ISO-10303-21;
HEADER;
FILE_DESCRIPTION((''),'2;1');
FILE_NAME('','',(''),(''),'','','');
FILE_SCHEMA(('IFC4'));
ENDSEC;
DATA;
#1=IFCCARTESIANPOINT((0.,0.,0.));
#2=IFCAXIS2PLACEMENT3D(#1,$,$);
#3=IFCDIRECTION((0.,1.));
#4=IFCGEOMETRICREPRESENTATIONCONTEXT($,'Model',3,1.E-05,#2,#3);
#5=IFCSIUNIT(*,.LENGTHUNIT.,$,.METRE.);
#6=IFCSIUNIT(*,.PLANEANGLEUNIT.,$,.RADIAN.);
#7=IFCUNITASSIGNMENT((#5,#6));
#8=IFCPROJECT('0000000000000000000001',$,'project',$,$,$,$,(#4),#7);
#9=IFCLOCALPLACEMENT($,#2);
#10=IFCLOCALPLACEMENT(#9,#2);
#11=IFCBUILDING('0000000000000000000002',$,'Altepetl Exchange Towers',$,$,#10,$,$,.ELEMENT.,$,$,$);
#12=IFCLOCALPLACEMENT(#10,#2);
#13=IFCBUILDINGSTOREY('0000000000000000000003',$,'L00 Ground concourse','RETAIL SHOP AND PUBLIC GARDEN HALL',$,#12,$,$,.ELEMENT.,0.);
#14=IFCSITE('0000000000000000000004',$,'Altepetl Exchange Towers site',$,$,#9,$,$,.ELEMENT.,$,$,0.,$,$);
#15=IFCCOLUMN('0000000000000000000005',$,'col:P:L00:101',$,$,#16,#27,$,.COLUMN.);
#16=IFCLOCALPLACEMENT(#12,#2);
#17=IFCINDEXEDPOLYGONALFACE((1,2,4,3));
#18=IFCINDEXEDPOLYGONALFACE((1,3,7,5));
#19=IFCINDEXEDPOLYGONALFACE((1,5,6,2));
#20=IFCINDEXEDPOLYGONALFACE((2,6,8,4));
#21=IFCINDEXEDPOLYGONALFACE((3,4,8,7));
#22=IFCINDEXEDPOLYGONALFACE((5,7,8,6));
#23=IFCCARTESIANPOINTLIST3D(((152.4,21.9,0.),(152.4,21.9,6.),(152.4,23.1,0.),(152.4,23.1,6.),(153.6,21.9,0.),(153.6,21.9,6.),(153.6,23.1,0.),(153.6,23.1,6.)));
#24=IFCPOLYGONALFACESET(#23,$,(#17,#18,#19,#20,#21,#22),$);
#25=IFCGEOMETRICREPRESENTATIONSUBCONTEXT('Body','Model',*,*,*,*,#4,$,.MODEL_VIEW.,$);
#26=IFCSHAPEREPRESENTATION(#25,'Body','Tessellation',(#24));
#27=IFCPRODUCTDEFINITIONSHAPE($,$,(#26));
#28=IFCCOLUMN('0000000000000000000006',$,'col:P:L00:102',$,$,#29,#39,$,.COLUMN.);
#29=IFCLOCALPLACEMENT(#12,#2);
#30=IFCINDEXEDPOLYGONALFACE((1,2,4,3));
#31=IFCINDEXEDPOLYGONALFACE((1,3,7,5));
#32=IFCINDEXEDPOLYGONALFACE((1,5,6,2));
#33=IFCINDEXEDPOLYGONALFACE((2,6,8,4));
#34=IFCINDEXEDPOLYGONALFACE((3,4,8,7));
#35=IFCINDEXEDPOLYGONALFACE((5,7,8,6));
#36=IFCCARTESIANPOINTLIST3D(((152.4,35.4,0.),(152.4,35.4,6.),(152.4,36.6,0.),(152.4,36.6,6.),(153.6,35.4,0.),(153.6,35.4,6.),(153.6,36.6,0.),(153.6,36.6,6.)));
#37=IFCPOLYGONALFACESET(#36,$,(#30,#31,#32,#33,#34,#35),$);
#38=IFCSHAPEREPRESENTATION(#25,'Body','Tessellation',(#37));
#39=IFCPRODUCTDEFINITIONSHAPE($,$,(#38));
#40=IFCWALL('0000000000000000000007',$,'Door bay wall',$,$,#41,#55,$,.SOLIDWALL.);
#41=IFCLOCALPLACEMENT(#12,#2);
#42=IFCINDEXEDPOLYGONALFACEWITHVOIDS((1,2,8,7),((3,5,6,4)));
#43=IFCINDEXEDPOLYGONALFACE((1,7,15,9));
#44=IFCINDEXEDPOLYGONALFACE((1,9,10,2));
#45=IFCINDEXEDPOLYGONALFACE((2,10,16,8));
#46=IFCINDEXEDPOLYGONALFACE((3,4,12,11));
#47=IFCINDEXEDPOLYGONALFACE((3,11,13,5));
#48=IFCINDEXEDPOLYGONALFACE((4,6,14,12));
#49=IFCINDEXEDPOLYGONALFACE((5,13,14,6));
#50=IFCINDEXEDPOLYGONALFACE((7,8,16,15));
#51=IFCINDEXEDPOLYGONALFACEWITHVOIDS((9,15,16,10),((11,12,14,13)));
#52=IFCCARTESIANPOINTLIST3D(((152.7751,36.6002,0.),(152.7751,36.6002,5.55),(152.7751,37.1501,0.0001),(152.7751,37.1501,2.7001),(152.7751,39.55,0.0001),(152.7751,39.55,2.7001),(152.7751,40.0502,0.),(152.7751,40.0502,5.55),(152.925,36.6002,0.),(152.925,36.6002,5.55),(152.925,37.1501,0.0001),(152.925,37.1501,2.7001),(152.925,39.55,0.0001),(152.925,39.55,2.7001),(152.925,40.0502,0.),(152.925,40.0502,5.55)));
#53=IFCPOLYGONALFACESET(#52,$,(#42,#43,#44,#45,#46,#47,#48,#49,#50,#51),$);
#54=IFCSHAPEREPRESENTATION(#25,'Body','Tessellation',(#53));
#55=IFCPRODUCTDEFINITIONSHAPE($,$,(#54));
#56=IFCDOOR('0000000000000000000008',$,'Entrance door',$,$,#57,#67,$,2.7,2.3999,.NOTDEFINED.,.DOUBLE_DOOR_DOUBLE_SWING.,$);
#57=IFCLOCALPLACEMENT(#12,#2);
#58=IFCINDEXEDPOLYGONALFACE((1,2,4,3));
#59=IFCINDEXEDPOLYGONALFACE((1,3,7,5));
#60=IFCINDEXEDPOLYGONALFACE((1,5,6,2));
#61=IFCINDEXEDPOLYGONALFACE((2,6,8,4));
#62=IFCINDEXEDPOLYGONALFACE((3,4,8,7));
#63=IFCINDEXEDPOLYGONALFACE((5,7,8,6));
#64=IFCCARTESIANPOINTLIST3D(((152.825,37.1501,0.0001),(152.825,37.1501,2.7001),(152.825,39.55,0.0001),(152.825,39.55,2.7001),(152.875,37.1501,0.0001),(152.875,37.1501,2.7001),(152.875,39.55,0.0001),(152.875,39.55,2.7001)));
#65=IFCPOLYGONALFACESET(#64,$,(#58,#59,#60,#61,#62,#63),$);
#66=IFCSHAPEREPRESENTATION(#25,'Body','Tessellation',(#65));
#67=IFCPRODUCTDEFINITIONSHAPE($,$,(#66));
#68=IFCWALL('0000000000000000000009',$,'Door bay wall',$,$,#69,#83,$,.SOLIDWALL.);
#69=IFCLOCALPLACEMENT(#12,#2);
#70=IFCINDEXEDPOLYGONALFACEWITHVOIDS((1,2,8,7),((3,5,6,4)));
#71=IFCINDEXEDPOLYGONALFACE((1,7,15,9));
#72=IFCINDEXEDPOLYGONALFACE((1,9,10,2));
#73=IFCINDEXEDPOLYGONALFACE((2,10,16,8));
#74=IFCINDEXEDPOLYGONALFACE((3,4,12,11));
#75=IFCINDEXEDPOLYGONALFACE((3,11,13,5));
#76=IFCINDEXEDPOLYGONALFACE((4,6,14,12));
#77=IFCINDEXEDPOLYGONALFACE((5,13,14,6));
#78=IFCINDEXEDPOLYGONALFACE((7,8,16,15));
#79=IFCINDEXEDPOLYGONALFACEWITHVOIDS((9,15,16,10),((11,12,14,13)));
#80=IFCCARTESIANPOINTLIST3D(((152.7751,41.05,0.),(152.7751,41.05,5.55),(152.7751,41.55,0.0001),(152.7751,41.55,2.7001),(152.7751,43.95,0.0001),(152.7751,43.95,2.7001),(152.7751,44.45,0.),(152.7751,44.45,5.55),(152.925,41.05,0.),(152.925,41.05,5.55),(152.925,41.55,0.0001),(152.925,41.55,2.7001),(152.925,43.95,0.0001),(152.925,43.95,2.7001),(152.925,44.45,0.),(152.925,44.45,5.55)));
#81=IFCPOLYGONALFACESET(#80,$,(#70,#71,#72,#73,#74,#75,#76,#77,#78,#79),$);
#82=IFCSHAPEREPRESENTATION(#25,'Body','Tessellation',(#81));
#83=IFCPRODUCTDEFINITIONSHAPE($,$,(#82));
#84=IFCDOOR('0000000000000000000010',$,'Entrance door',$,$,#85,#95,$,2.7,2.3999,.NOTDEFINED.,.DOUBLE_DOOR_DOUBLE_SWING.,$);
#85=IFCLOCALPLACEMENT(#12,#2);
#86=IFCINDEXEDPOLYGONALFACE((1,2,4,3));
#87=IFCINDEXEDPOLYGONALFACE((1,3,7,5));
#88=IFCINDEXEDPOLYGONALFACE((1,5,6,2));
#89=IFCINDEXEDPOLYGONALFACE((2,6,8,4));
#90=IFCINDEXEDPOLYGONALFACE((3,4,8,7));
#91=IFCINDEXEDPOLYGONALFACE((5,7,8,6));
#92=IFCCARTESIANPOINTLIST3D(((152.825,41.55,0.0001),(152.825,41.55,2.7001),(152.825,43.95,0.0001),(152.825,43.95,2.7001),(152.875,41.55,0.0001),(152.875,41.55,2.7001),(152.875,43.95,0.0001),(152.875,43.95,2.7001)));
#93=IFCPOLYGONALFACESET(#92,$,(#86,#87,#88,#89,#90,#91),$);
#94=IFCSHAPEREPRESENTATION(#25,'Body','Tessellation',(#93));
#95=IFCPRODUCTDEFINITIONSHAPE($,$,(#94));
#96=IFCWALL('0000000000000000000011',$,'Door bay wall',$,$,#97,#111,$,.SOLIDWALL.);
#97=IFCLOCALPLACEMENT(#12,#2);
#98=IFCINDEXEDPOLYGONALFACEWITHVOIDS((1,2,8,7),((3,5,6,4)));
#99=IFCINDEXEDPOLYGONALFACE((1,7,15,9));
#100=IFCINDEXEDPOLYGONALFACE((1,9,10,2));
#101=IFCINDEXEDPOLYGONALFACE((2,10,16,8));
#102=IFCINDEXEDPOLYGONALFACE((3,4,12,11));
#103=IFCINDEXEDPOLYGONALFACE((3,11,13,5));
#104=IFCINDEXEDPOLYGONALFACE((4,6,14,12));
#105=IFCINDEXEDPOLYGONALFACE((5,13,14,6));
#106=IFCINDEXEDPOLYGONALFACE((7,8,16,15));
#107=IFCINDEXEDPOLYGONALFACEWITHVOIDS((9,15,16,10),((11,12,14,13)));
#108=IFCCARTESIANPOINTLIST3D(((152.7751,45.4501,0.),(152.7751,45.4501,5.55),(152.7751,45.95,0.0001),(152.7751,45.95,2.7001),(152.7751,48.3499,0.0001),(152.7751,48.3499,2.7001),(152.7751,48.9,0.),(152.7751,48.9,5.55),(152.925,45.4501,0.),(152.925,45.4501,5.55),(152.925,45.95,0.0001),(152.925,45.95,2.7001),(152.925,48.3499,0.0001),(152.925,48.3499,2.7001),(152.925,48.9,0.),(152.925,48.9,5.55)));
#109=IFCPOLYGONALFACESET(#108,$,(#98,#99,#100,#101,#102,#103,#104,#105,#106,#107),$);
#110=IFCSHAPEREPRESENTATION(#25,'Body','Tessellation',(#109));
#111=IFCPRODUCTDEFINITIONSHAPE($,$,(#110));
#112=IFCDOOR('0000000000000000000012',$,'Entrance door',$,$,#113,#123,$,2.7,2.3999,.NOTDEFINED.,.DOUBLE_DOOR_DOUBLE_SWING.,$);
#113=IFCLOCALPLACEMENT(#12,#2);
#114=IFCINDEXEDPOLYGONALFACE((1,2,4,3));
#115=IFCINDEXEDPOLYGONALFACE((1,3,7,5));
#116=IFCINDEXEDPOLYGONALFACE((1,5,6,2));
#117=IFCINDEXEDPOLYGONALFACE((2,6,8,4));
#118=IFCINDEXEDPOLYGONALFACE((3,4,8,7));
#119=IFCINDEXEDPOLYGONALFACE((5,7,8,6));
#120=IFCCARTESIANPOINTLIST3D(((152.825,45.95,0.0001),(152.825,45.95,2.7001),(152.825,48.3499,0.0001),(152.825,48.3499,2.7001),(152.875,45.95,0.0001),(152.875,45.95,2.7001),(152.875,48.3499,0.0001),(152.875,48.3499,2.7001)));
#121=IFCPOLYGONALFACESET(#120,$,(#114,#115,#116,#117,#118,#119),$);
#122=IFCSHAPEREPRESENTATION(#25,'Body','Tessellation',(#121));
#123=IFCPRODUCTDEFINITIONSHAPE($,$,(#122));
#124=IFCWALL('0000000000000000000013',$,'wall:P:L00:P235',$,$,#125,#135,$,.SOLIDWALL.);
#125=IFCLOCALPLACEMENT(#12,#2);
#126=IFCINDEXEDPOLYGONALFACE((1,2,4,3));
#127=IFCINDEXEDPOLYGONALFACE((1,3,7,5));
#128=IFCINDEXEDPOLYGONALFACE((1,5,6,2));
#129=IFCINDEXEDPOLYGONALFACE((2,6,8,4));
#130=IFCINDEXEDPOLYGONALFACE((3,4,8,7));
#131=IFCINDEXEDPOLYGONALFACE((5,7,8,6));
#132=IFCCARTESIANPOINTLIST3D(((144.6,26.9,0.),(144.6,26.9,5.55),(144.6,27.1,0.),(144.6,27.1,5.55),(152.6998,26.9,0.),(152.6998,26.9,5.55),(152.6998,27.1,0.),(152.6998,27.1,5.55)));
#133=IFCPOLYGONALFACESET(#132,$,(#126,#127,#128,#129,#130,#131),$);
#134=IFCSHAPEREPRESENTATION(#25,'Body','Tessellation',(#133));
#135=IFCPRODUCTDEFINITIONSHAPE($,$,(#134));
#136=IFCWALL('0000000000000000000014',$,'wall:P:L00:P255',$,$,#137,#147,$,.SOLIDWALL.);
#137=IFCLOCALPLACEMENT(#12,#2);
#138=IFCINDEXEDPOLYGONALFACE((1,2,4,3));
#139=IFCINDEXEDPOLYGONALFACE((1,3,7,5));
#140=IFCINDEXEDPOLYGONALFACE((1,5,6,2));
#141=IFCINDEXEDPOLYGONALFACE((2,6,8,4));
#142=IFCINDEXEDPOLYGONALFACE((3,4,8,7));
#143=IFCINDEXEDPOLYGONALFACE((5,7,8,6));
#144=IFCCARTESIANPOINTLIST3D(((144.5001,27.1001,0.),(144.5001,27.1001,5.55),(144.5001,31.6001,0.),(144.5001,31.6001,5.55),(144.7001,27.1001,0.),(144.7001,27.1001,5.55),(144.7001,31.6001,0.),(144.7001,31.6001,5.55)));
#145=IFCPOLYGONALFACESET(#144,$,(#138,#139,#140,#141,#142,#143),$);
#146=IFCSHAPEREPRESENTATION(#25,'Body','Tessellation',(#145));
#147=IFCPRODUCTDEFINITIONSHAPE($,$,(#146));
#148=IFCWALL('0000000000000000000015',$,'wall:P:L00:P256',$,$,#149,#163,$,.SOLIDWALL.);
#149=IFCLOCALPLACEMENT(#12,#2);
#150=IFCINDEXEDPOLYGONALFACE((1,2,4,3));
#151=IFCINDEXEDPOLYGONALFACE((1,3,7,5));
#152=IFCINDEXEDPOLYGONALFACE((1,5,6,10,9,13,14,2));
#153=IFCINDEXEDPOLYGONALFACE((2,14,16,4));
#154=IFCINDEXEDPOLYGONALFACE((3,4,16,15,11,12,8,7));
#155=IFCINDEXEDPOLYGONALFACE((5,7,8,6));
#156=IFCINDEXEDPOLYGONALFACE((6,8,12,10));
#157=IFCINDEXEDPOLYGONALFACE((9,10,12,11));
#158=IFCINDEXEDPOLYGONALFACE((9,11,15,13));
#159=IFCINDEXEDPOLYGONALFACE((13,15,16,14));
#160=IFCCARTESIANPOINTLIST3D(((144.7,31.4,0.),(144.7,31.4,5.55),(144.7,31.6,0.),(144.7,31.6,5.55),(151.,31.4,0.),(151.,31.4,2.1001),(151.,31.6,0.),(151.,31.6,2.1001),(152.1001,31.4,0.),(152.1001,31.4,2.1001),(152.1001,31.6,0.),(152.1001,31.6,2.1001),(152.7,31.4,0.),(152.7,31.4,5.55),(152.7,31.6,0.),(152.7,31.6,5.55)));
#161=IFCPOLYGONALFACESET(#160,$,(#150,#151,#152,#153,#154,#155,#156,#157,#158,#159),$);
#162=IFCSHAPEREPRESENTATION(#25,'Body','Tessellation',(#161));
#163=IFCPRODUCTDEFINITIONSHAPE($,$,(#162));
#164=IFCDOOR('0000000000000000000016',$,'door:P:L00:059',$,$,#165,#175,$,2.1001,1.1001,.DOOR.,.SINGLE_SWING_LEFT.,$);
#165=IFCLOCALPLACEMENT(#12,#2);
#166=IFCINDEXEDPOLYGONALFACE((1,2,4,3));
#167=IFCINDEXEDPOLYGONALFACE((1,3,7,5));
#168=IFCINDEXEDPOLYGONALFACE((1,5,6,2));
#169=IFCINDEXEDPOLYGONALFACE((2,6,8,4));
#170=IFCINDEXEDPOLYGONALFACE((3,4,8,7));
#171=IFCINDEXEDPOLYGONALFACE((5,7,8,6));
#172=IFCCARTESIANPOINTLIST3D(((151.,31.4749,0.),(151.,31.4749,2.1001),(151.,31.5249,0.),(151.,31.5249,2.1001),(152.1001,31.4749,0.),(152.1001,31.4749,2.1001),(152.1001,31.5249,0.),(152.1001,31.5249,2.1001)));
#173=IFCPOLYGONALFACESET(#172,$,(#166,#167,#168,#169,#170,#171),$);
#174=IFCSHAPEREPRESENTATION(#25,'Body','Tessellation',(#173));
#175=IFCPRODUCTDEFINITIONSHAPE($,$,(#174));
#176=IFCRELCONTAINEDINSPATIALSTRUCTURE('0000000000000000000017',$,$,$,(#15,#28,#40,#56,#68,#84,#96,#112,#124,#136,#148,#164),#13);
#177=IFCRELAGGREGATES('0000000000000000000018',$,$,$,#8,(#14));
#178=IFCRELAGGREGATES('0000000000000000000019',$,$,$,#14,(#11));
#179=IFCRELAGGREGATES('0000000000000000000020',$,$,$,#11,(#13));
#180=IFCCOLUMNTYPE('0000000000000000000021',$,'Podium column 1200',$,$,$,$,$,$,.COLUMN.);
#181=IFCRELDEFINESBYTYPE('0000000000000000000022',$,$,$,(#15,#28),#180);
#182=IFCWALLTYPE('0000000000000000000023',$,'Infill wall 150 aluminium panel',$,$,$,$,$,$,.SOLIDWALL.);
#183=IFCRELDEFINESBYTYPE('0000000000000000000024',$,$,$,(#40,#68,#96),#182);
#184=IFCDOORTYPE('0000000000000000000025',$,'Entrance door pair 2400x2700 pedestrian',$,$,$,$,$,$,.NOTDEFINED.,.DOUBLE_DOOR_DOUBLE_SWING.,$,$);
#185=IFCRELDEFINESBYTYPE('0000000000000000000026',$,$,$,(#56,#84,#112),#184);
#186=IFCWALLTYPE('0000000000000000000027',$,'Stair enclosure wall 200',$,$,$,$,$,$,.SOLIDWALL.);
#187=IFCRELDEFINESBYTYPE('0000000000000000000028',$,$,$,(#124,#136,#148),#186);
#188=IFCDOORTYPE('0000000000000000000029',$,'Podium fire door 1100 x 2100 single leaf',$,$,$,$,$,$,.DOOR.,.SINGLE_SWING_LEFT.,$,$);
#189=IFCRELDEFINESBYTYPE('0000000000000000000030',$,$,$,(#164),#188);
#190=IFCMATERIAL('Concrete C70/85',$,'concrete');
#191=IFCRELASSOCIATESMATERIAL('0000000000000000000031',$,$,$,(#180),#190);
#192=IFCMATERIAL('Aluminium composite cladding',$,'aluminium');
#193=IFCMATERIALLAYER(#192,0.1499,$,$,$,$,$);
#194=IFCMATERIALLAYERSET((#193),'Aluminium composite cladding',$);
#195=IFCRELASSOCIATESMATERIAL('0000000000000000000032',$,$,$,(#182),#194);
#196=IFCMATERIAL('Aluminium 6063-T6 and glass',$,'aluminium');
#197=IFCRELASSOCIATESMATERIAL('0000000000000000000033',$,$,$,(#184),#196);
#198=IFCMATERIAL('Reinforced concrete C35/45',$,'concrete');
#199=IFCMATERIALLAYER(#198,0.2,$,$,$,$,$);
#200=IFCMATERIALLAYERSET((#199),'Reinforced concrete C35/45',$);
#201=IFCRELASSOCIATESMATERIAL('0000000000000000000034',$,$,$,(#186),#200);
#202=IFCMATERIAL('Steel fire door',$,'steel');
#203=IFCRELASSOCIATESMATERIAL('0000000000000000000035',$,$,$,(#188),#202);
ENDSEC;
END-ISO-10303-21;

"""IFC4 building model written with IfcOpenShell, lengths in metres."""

from ifc_helpers import new_model, si_unit, direction, frame, frame_2d, origin, origin_2d, place, context, subcontext, project, spatial, rectangle, extrude, material, layer, layer_set, material_profile, profile_set, type_object, element, fill, save


model = new_model("IFC4")

# Units and contexts
model_context = context("Model", 3, precision=1e-05, world=origin(), true_north=direction((0.0, 1.0)))
body_context = subcontext(model_context, "Body", "Model", "MODEL_VIEW")
ifc_project = project(units=[si_unit("LENGTHUNIT", "METRE"), si_unit("PLANEANGLEUNIT", "RADIAN")], contexts=[model_context])

# Site, building, storey
site_placement = place(None, origin())
site = spatial("IfcSite", under=ifc_project, at=site_placement, Name="Altepetl Exchange Towers site", CompositionType="ELEMENT", RefElevation=0.0)
building_placement = place(site_placement, origin())
building = spatial("IfcBuilding", under=site, at=building_placement, Name="Altepetl Exchange Towers", CompositionType="ELEMENT")
storey_placement = place(building_placement, origin())
storey = spatial("IfcBuildingStorey", under=building, at=storey_placement, Name="L00 Ground concourse", Description="RETAIL SHOP AND PUBLIC GARDEN HALL", CompositionType="ELEMENT", Elevation=0.0)

# Columns
ifc_material_1 = material(Name="Concrete C70/85", Category="concrete")
ifc_material_profile = material_profile(ifc_material_1, rectangle(XDim=1.2, YDim=1.2, at=origin_2d()), Name="1200 x 1200")
ifc_profile_set = profile_set([ifc_material_profile], Name="Concrete C70/85")
column_type = type_object("IfcColumnType", Name="Podium column 1200", PredefinedType="COLUMN", material=ifc_profile_set)
for number, where, name in (
    (1, (153.0, 22.5, 0.0), "col:P:L00:101"),
    (2, (153.0, 36.0, 0.0), "col:P:L00:102"),
):
    element("IfcColumn", number, at=place(storey_placement, frame(where)), inside=storey, type_object=column_type, Name=name, PredefinedType="COLUMN", context=body_context, shape_type="SweptSolid", body=[
        extrude(rectangle(XDim=1.2, YDim=1.2, at=origin_2d()), origin(), (0.0, 0.0, 1.0), 6.0),
    ])

# Walls, openings, doors
ifc_material_2 = material(Name="Aluminium composite cladding", Category="aluminium")
ifc_layer_1 = layer(ifc_material_2, 0.1499)
ifc_layer_set_1 = layer_set([ifc_layer_1], Name="Aluminium composite cladding")
wall_type_1 = type_object("IfcWallType", Name="Infill wall 150 aluminium panel", PredefinedType="SOLIDWALL", material=ifc_layer_set_1)
wall_1_placement = place(storey_placement, frame((152.8501, 36.6001, 0.0), z_axis=(0.0, 0.0, 1.0), x_axis=(0.0, 1.0, 0.0)))
wall_1 = element("IfcWall", 3, at=wall_1_placement, inside=storey, type_object=wall_type_1, Name="Door bay wall", PredefinedType="SOLIDWALL", context=body_context, shape_type="SweptSolid", body=[
    extrude(rectangle(XDim=3.45, YDim=0.1499, at=frame_2d((1.7251, 0.0))), origin(), (0.0, 0.0, 1.0), 5.55),
])
opening_1_placement = place(wall_1_placement, frame((0.55, 0.0, 0.0)))
opening_1 = element("IfcOpeningElement", 4, at=opening_1_placement, cuts=wall_1, PredefinedType="OPENING", context=body_context, shape_type="SweptSolid", body=[
    extrude(rectangle(XDim=2.3999, YDim=2.7, at=frame_2d((1.2, 1.3501))), frame((0.0, 0.085, 0.0), z_axis=(0.0, -1.0, 0.0), x_axis=(1.0, 0.0, 0.0)), (0.0, 0.0, 1.0), 0.1699),
])
ifc_material_3 = material(Name="Aluminium 6063-T6 and glass", Category="aluminium")
door_type_1 = type_object("IfcDoorType", Name="Entrance door pair 2400x2700 pedestrian", OperationType="DOUBLE_DOOR_DOUBLE_SWING", PredefinedType="NOTDEFINED", material=ifc_material_3)
door_1_placement = place(opening_1_placement, frame((2.3999, 0.0, 0.0), x_axis=(-1.0, 0.0, 0.0)))
door_1 = element("IfcDoor", 5, at=door_1_placement, inside=storey, type_object=door_type_1, Name="Entrance door", OperationType="DOUBLE_DOOR_DOUBLE_SWING", OverallHeight=2.7, OverallWidth=2.3999, PredefinedType="NOTDEFINED", context=body_context, shape_type="SweptSolid", body=[
    extrude(rectangle(XDim=2.3999, YDim=2.7, at=frame_2d((1.2, 1.3501))), frame((0.0, 0.0249, 0.0), z_axis=(0.0, -1.0, 0.0), x_axis=(1.0, 0.0, 0.0)), (0.0, 0.0, 1.0), 0.05),
])
fill(opening_1, door_1)
wall_2_placement = place(storey_placement, frame((152.8501, 41.05, 0.0), z_axis=(0.0, 0.0, 1.0), x_axis=(0.0, 1.0, 0.0)))
wall_2 = element("IfcWall", 6, at=wall_2_placement, inside=storey, type_object=wall_type_1, Name="Door bay wall", PredefinedType="SOLIDWALL", context=body_context, shape_type="SweptSolid", body=[
    extrude(rectangle(XDim=3.3999, YDim=0.1499, at=frame_2d((1.7, 0.0))), origin(), (0.0, 0.0, 1.0), 5.55),
])
opening_2_placement = place(wall_2_placement, frame((0.5, 0.0, 0.0)))
opening_2 = element("IfcOpeningElement", 7, at=opening_2_placement, cuts=wall_2, PredefinedType="OPENING", context=body_context, shape_type="SweptSolid", body=[
    extrude(rectangle(XDim=2.3999, YDim=2.7, at=frame_2d((1.2, 1.3501))), frame((0.0, 0.085, 0.0), z_axis=(0.0, -1.0, 0.0), x_axis=(1.0, 0.0, 0.0)), (0.0, 0.0, 1.0), 0.1699),
])
door_2_placement = place(opening_2_placement, frame((2.3999, 0.0, 0.0), x_axis=(-1.0, 0.0, 0.0)))
door_2 = element("IfcDoor", 8, at=door_2_placement, inside=storey, type_object=door_type_1, Name="Entrance door", OperationType="DOUBLE_DOOR_DOUBLE_SWING", OverallHeight=2.7, OverallWidth=2.3999, PredefinedType="NOTDEFINED", context=body_context, shape_type="SweptSolid", body=[
    extrude(rectangle(XDim=2.3999, YDim=2.7, at=frame_2d((1.2, 1.3501))), frame((0.0, 0.0249, 0.0), z_axis=(0.0, -1.0, 0.0), x_axis=(1.0, 0.0, 0.0)), (0.0, 0.0, 1.0), 0.05),
])
fill(opening_2, door_2)
wall_3_placement = place(storey_placement, frame((152.8501, 45.45, 0.0), z_axis=(0.0, 0.0, 1.0), x_axis=(0.0, 1.0, 0.0)))
wall_3 = element("IfcWall", 9, at=wall_3_placement, inside=storey, type_object=wall_type_1, Name="Door bay wall", PredefinedType="SOLIDWALL", context=body_context, shape_type="SweptSolid", body=[
    extrude(rectangle(XDim=3.45, YDim=0.1499, at=frame_2d((1.7251, 0.0))), origin(), (0.0, 0.0, 1.0), 5.55),
])
opening_3_placement = place(wall_3_placement, frame((0.5, 0.0, 0.0)))
opening_3 = element("IfcOpeningElement", 10, at=opening_3_placement, cuts=wall_3, PredefinedType="OPENING", context=body_context, shape_type="SweptSolid", body=[
    extrude(rectangle(XDim=2.3999, YDim=2.7, at=frame_2d((1.2, 1.3501))), frame((0.0, 0.085, 0.0), z_axis=(0.0, -1.0, 0.0), x_axis=(1.0, 0.0, 0.0)), (0.0, 0.0, 1.0), 0.1699),
])
door_3_placement = place(opening_3_placement, frame((2.3999, 0.0, 0.0), x_axis=(-1.0, 0.0, 0.0)))
door_3 = element("IfcDoor", 11, at=door_3_placement, inside=storey, type_object=door_type_1, Name="Entrance door", OperationType="DOUBLE_DOOR_DOUBLE_SWING", OverallHeight=2.7, OverallWidth=2.3999, PredefinedType="NOTDEFINED", context=body_context, shape_type="SweptSolid", body=[
    extrude(rectangle(XDim=2.3999, YDim=2.7, at=frame_2d((1.2, 1.3501))), frame((0.0, 0.0249, 0.0), z_axis=(0.0, -1.0, 0.0), x_axis=(1.0, 0.0, 0.0)), (0.0, 0.0, 1.0), 0.05),
])
fill(opening_3, door_3)

# Walls
ifc_material_4 = material(Name="Reinforced concrete C35/45", Category="concrete")
ifc_layer_2 = layer(ifc_material_4, 0.2)
ifc_layer_set_2 = layer_set([ifc_layer_2], Name="Reinforced concrete C35/45")
wall_type_2 = type_object("IfcWallType", Name="Stair enclosure wall 200", PredefinedType="SOLIDWALL", material=ifc_layer_set_2)
wall_4_placement = place(storey_placement, frame((144.6001, 27.0, 0.0)))
element("IfcWall", 12, at=wall_4_placement, inside=storey, type_object=wall_type_2, Name="wall:P:L00:P235", PredefinedType="SOLIDWALL", context=body_context, shape_type="SweptSolid", body=[
    extrude(rectangle(XDim=8.0999, YDim=0.2, at=frame_2d((4.0498, 0.0))), origin(), (0.0, 0.0, 1.0), 5.55),
])
wall_5_placement = place(storey_placement, frame((144.6001, 27.1001, 0.0), z_axis=(0.0, 0.0, 1.0), x_axis=(0.0, 1.0, 0.0)))
element("IfcWall", 13, at=wall_5_placement, inside=storey, type_object=wall_type_2, Name="wall:P:L00:P255", PredefinedType="SOLIDWALL", context=body_context, shape_type="SweptSolid", body=[
    extrude(rectangle(XDim=4.5, YDim=0.2, at=frame_2d((2.25, 0.0))), origin(), (0.0, 0.0, 1.0), 5.55),
])

# Wall, opening, door
wall_6_placement = place(storey_placement, frame((144.7, 31.5, 0.0)))
wall_6 = element("IfcWall", 14, at=wall_6_placement, inside=storey, type_object=wall_type_2, Name="wall:P:L00:P256", PredefinedType="SOLIDWALL", context=body_context, shape_type="SweptSolid", body=[
    extrude(rectangle(XDim=8.0, YDim=0.2, at=frame_2d((4.0, 0.0))), origin(), (0.0, 0.0, 1.0), 5.55),
])
opening_4_placement = place(wall_6_placement, frame((6.3, 0.0, 0.0)))
opening_4 = element("IfcOpeningElement", 15, at=opening_4_placement, cuts=wall_6, PredefinedType="OPENING", context=body_context, shape_type="SweptSolid", body=[
    extrude(rectangle(XDim=1.1001, YDim=2.1001, at=frame_2d((0.55, 1.05))), frame((0.0, 0.1099, 0.0), z_axis=(0.0, -1.0, 0.0), x_axis=(1.0, 0.0, 0.0)), (0.0, 0.0, 1.0), 0.22),
])
ifc_material_5 = material(Name="Steel fire door", Category="steel")
door_type_2 = type_object("IfcDoorType", Name="Podium fire door 1100 x 2100 single leaf", OperationType="SINGLE_SWING_LEFT", PredefinedType="DOOR", material=ifc_material_5)
door_4_placement = place(opening_4_placement, origin())
door_4 = element("IfcDoor", 16, at=door_4_placement, inside=storey, type_object=door_type_2, Name="door:P:L00:059", OperationType="SINGLE_SWING_LEFT", OverallHeight=2.1001, OverallWidth=1.1001, PredefinedType="DOOR", context=body_context, shape_type="SweptSolid", body=[
    extrude(rectangle(XDim=1.1001, YDim=2.1001, at=frame_2d((0.55, 1.05))), frame((0.0, 0.0249, 0.0), z_axis=(0.0, -1.0, 0.0), x_axis=(1.0, 0.0, 0.0)), (0.0, 0.0, 1.0), 0.05),
])
fill(opening_4, door_4)

save(model, "model.ifc")
